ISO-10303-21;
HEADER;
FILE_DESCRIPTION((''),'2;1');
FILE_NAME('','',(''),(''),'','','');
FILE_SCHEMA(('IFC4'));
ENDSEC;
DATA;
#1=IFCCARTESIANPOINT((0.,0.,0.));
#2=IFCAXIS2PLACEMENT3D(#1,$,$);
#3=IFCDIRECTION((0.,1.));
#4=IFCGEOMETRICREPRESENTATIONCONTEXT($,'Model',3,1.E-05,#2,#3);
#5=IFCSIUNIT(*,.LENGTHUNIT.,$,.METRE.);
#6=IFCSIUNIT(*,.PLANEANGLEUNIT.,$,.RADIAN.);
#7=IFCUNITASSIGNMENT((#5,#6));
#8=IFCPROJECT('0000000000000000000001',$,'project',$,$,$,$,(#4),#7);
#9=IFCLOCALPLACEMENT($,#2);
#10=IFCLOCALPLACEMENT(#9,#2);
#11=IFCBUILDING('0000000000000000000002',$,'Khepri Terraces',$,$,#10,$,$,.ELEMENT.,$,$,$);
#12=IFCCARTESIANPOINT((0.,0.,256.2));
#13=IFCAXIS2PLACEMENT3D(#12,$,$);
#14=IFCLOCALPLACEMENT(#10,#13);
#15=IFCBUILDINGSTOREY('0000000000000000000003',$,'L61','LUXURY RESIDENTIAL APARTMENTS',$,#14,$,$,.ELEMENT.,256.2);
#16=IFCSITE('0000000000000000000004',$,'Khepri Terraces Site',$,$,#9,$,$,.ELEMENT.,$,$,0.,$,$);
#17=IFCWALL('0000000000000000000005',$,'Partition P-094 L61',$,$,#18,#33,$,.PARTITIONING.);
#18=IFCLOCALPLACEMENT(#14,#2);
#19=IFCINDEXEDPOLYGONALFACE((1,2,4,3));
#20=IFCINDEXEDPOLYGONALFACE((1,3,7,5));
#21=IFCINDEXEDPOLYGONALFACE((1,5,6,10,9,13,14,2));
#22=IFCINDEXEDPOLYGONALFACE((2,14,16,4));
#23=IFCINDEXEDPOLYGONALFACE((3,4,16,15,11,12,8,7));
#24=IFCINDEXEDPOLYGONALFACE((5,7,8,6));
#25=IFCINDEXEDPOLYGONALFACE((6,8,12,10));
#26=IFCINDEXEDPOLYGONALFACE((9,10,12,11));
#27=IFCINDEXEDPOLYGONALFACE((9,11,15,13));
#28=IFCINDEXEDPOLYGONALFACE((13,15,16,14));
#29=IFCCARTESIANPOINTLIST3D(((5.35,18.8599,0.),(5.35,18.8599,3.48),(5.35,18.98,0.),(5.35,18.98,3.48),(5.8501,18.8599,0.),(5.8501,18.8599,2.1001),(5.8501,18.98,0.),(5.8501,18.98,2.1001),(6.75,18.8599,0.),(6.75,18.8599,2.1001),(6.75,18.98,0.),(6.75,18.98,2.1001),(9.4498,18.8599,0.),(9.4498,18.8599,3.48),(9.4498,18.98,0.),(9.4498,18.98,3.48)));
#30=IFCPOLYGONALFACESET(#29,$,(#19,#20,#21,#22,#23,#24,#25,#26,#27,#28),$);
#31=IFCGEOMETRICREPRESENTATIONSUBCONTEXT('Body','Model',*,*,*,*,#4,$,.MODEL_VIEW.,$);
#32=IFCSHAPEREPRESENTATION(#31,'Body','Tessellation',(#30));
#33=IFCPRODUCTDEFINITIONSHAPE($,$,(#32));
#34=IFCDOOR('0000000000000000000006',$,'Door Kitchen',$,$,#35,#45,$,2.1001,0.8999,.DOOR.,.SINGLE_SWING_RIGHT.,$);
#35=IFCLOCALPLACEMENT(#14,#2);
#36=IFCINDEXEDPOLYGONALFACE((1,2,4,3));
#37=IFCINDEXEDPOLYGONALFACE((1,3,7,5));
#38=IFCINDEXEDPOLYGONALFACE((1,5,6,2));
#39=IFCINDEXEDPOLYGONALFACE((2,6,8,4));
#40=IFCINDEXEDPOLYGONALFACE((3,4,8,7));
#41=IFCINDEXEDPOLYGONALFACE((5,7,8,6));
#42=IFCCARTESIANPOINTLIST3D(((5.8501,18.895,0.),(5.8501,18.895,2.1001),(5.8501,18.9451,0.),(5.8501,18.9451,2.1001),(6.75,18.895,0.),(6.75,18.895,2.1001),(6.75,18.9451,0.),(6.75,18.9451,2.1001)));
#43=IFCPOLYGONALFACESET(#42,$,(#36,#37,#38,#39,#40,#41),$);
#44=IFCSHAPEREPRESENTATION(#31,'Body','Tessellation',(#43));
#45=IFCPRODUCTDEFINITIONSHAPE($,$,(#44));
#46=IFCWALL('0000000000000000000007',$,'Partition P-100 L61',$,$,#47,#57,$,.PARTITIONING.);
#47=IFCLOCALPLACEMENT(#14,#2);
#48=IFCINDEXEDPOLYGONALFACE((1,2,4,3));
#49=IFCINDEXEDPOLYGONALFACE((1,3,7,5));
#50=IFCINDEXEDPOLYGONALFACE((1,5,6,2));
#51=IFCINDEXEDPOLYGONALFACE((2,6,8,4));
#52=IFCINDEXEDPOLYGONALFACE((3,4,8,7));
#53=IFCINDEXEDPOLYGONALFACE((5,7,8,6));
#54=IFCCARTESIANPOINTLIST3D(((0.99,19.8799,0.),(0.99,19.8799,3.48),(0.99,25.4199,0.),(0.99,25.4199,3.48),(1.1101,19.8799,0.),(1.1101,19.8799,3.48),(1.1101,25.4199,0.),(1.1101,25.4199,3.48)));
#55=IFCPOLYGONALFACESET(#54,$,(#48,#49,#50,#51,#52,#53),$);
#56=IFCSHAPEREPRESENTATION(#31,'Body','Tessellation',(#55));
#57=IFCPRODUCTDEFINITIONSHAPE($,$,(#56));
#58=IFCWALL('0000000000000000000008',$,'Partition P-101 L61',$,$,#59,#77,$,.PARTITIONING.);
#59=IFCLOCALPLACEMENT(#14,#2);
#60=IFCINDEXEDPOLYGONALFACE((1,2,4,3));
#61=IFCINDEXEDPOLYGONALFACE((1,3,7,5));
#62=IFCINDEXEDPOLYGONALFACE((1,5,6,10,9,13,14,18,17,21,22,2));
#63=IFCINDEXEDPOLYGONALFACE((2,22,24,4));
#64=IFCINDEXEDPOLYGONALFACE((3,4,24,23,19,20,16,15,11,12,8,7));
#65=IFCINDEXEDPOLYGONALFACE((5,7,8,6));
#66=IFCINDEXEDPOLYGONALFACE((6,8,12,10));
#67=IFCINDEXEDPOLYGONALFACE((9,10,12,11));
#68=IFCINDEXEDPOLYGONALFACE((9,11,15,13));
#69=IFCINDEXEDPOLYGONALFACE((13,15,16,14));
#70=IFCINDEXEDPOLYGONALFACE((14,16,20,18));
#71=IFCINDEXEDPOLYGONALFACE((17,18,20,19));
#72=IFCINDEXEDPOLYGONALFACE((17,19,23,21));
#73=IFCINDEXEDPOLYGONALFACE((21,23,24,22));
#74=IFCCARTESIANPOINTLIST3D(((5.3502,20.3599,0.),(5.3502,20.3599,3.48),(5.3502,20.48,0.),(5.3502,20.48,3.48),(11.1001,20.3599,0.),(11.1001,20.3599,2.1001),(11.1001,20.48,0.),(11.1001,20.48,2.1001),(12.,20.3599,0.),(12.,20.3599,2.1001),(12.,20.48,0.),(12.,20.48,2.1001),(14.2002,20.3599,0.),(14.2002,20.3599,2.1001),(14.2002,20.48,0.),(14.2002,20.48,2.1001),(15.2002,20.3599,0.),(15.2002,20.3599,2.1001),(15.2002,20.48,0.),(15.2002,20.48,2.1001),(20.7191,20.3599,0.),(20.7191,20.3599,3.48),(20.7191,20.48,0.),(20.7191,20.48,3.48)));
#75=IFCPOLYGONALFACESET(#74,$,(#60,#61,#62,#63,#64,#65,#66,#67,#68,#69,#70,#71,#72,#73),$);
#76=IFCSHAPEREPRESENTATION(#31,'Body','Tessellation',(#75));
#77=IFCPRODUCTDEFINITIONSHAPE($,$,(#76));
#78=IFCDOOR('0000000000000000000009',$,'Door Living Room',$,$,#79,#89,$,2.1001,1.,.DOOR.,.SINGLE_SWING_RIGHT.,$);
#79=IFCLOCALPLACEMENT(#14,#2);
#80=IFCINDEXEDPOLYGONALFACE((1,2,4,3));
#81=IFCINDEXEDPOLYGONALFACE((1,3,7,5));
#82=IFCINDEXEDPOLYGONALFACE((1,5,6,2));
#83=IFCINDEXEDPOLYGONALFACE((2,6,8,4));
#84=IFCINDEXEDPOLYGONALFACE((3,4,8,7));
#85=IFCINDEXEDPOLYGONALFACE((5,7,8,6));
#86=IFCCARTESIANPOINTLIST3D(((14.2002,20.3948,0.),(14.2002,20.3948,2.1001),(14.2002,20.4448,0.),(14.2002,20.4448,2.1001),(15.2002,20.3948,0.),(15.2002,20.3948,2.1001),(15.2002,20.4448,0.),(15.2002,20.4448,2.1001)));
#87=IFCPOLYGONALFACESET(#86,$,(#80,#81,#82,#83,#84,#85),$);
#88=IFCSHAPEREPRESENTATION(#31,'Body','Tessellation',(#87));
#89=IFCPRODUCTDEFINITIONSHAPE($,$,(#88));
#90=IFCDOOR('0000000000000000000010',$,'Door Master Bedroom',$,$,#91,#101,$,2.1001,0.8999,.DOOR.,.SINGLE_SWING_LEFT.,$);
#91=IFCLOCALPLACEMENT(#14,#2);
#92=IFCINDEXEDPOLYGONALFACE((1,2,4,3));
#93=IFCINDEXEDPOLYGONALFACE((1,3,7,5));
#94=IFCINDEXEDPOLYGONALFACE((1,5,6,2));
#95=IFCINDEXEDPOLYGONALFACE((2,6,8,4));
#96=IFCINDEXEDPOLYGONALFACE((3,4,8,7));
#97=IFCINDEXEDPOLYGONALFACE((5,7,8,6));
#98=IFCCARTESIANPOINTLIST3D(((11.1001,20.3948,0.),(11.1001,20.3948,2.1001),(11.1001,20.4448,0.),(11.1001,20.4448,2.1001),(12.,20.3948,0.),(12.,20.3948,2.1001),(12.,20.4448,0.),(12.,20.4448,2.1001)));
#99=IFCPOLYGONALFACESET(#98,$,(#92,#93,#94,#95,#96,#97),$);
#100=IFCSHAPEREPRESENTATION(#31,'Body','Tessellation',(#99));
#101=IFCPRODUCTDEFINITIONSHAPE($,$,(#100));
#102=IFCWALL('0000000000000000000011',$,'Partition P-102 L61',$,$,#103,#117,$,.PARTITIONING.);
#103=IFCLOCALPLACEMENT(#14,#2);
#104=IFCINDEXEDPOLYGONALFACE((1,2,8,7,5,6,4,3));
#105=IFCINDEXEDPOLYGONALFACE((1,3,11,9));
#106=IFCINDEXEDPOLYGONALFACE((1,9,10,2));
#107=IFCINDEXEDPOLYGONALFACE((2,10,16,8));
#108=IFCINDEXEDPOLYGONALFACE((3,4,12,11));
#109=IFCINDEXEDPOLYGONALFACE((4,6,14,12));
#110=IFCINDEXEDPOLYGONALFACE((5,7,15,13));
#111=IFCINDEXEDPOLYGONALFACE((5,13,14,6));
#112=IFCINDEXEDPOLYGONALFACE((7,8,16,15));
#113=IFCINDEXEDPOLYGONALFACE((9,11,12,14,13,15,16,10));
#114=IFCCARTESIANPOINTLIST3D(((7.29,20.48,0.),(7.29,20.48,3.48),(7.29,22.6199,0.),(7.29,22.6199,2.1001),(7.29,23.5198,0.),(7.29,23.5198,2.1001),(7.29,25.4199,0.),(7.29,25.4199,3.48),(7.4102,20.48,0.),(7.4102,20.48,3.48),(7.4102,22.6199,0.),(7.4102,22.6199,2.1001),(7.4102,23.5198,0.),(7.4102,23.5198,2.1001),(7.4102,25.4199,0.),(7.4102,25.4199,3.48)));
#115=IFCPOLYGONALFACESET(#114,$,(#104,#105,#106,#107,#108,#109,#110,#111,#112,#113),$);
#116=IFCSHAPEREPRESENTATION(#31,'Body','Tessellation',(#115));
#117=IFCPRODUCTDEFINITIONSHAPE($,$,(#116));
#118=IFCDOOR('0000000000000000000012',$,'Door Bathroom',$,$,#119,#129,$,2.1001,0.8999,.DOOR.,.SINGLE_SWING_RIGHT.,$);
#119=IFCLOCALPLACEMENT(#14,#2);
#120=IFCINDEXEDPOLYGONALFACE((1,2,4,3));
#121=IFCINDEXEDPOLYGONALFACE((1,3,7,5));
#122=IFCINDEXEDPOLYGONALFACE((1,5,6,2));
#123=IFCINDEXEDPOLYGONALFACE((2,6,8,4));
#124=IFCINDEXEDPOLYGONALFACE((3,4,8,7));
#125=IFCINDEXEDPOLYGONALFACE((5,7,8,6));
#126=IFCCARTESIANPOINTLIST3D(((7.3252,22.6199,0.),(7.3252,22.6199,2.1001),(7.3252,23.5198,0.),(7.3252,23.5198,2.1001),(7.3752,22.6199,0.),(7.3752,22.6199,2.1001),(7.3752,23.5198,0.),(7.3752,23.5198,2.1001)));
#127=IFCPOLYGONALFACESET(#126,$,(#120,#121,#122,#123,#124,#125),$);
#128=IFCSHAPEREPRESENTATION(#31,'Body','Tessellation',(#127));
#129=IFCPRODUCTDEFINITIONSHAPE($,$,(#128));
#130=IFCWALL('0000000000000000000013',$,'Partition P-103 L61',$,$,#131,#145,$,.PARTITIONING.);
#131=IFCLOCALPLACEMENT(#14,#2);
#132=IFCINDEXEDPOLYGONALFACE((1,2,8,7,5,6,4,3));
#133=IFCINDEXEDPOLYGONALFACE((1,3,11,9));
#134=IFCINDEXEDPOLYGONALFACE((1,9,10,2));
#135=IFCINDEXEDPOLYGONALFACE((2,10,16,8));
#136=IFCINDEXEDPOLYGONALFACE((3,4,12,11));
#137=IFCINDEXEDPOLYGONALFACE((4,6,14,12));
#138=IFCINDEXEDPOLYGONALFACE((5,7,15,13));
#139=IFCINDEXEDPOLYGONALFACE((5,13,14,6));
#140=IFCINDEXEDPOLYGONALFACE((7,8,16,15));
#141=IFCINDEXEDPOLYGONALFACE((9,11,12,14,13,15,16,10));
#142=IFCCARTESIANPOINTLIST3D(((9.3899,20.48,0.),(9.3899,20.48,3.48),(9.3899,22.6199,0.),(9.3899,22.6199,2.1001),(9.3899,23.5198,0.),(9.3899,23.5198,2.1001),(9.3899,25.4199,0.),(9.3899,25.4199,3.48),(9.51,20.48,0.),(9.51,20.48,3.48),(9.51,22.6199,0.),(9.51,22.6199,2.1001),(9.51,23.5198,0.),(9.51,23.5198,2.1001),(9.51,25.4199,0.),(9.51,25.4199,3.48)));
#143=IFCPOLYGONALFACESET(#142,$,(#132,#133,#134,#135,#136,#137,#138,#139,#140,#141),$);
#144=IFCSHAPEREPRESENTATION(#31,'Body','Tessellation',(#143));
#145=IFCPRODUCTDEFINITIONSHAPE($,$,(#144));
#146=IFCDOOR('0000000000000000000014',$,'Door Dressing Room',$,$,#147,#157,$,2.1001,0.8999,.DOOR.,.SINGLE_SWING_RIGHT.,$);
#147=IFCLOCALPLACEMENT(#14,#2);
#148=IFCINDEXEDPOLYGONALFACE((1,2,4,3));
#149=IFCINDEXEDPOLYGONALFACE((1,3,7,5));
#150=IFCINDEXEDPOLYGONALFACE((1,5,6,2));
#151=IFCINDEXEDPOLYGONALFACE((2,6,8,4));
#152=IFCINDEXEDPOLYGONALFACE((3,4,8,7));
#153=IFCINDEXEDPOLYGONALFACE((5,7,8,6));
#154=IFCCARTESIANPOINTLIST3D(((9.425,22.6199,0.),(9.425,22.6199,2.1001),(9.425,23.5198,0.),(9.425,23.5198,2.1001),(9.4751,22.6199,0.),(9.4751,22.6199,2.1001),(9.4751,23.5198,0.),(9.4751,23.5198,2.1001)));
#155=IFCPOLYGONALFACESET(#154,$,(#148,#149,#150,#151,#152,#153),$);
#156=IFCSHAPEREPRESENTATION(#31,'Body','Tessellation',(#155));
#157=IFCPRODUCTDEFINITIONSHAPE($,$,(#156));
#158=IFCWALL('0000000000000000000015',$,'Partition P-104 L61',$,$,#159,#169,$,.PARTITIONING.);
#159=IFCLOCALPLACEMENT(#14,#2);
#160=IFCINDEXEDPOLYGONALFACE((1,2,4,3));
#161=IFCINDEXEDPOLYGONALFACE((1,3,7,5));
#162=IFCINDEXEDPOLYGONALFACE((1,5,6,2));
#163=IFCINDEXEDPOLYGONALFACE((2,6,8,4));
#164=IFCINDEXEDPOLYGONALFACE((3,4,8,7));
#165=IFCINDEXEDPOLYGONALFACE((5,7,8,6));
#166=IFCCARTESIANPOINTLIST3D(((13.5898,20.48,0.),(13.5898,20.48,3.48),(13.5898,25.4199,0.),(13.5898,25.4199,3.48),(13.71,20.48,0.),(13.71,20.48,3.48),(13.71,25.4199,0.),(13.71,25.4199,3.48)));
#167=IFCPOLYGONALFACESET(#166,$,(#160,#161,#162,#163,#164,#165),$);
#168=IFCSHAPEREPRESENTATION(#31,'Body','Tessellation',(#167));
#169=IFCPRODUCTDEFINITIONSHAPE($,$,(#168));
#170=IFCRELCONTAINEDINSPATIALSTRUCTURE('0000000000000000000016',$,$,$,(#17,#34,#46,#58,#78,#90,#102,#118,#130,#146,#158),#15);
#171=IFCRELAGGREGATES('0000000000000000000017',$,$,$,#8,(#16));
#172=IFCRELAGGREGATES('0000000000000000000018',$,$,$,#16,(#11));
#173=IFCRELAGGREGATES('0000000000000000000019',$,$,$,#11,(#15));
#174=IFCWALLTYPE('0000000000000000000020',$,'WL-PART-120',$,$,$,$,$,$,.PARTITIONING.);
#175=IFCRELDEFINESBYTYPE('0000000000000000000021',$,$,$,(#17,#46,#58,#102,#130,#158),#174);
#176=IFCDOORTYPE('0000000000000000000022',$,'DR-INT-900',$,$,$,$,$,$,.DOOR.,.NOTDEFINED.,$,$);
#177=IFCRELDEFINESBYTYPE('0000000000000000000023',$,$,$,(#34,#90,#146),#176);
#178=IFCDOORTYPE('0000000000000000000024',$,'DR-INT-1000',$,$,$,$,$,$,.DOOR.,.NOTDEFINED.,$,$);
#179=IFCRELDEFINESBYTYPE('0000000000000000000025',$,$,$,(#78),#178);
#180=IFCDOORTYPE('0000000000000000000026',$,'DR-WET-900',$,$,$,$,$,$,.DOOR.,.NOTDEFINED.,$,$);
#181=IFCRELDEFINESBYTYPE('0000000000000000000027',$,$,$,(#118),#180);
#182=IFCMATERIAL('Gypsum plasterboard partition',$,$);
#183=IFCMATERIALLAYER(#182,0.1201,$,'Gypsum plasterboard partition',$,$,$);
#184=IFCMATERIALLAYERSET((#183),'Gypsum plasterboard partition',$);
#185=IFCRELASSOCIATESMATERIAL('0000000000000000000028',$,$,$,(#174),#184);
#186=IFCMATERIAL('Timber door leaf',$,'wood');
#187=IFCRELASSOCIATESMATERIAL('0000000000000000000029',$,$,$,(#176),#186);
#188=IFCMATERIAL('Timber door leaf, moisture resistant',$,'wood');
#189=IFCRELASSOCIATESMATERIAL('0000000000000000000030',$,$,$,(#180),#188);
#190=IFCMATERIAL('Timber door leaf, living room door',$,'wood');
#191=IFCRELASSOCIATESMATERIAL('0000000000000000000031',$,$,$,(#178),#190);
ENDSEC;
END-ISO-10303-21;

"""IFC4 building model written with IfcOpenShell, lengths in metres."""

from ifc_helpers import new_model, si_unit, direction, frame, frame_2d, origin, place, context, subcontext, project, spatial, rectangle, extrude, material, layer, layer_set, type_object, element, fill, save


model = new_model("IFC4")

# Units and contexts
model_context = context("Model", 3, precision=1e-05, world=origin(), true_north=direction((0.0, 1.0)))
body_context = subcontext(model_context, "Body", "Model", "MODEL_VIEW")
ifc_project = project(units=[si_unit("LENGTHUNIT", "METRE"), si_unit("PLANEANGLEUNIT", "RADIAN")], contexts=[model_context])

# Site, building, storey
site_placement = place(None, origin())
site = spatial("IfcSite", under=ifc_project, at=site_placement, Name="Khepri Terraces Site", CompositionType="ELEMENT", RefElevation=0.0)
building_placement = place(site_placement, origin())
building = spatial("IfcBuilding", under=site, at=building_placement, Name="Khepri Terraces", CompositionType="ELEMENT")
storey_placement = place(building_placement, frame((0.0, 0.0, 256.2)))
storey = spatial("IfcBuildingStorey", under=building, at=storey_placement, Name="L61", Description="LUXURY RESIDENTIAL APARTMENTS", CompositionType="ELEMENT", Elevation=256.2)

# Shared definitions
ifc_material_1 = material(Name="Gypsum plasterboard partition")
ifc_layer_1 = layer(ifc_material_1, 0.1201, Name="Gypsum plasterboard partition")
ifc_layer_set_1 = layer_set([ifc_layer_1], Name="Gypsum plasterboard partition")
wall_type_1 = type_object("IfcWallType", Name="WL-PART-120", PredefinedType="PARTITIONING", material=ifc_layer_set_1)

# Shared definitions
ifc_material_2 = material(Name="Timber door leaf", Category="wood")
door_type_1 = type_object("IfcDoorType", Name="DR-INT-900", OperationType="NOTDEFINED", PredefinedType="DOOR", material=ifc_material_2)

# Shared definitions
ifc_material_3 = material(Name="Timber door leaf, moisture resistant", Category="wood")
door_type_2 = type_object("IfcDoorType", Name="DR-WET-900", OperationType="NOTDEFINED", PredefinedType="DOOR", material=ifc_material_3)

# Wall, opening, door
wall_1_placement = place(storey_placement, frame((5.3501, 18.9199, 0.0), z_axis=(0.0, 0.0, 1.0), x_axis=(1.0, 0.0, 0.0)))
wall_1 = element("IfcWall", 1, at=wall_1_placement, inside=storey, type_object=wall_type_1, Name="Partition P-094 L61", PredefinedType="PARTITIONING", context=body_context, shape_type="SweptSolid", body=[
    extrude(rectangle(XDim=4.0999, YDim=0.1201, at=frame_2d((2.0498, 0.0))), origin(), (0.0, 0.0, 1.0), 3.48),
])
opening_1_placement = place(wall_1_placement, frame((0.5, 0.0, 0.0)))
opening_1 = element("IfcOpeningElement", 2, at=opening_1_placement, cuts=wall_1, PredefinedType="OPENING", context=body_context, shape_type="SweptSolid", body=[
    extrude(rectangle(XDim=0.8999, YDim=2.1001, at=frame_2d((0.45, 1.05))), frame((0.0, 0.0701, 0.0), z_axis=(0.0, -1.0, 0.0), x_axis=(1.0, 0.0, 0.0)), (0.0, 0.0, 1.0), 0.1401),
])
door_1_placement = place(opening_1_placement, frame((0.8999, 0.0, 0.0), z_axis=(0.0, 0.0, 1.0), x_axis=(-1.0, 0.0, 0.0)))
door_1 = element("IfcDoor", 3, at=door_1_placement, inside=storey, type_object=door_type_1, Name="Door Kitchen", OperationType="SINGLE_SWING_RIGHT", OverallHeight=2.1001, OverallWidth=0.8999, PredefinedType="DOOR", context=body_context, shape_type="SweptSolid", body=[
    extrude(rectangle(XDim=0.8999, YDim=2.1001, at=frame_2d((0.45, 1.05))), frame((0.0, 0.0249, 0.0), z_axis=(0.0, -1.0, 0.0), x_axis=(1.0, 0.0, 0.0)), (0.0, 0.0, 1.0), 0.05),
])
fill(opening_1, door_1)

# Wall
wall_2_placement = place(storey_placement, frame((1.05, 19.8799, 0.0), z_axis=(0.0, 0.0, 1.0), x_axis=(0.0, 1.0, 0.0)))
element("IfcWall", 4, at=wall_2_placement, inside=storey, type_object=wall_type_1, Name="Partition P-100 L61", PredefinedType="PARTITIONING", context=body_context, shape_type="SweptSolid", body=[
    extrude(rectangle(XDim=5.54, YDim=0.1201, at=frame_2d((2.77, 0.0))), origin(), (0.0, 0.0, 1.0), 3.48),
])

# Wall, openings, doors
wall_3_placement = place(storey_placement, frame((5.3501, 20.4199, 0.0), z_axis=(0.0, 0.0, 1.0), x_axis=(1.0, 0.0, 0.0)))
wall_3 = element("IfcWall", 5, at=wall_3_placement, inside=storey, type_object=wall_type_1, Name="Partition P-101 L61", PredefinedType="PARTITIONING", context=body_context, shape_type="SweptSolid", body=[
    extrude(rectangle(XDim=15.3689, YDim=0.1201, at=frame_2d((7.6846, 0.0))), origin(), (0.0, 0.0, 1.0), 3.48),
])
opening_2_placement = place(wall_3_placement, frame((8.8501, 0.0, 0.0)))
opening_2 = element("IfcOpeningElement", 6, at=opening_2_placement, cuts=wall_3, PredefinedType="OPENING", context=body_context, shape_type="SweptSolid", body=[
    extrude(rectangle(XDim=1.0, YDim=2.1001, at=frame_2d((0.5, 1.05))), frame((0.0, 0.0701, 0.0), z_axis=(0.0, -1.0, 0.0), x_axis=(1.0, 0.0, 0.0)), (0.0, 0.0, 1.0), 0.1401),
])
opening_3_placement = place(wall_3_placement, frame((5.75, 0.0, 0.0)))
opening_3 = element("IfcOpeningElement", 7, at=opening_3_placement, cuts=wall_3, PredefinedType="OPENING", context=body_context, shape_type="SweptSolid", body=[
    extrude(rectangle(XDim=0.8999, YDim=2.1001, at=frame_2d((0.45, 1.05))), frame((0.0, 0.0701, 0.0), z_axis=(0.0, -1.0, 0.0), x_axis=(1.0, 0.0, 0.0)), (0.0, 0.0, 1.0), 0.1401),
])
ifc_material_4 = material(Name="Timber door leaf, living room door", Category="wood")
door_type_3 = type_object("IfcDoorType", Name="DR-INT-1000", OperationType="NOTDEFINED", PredefinedType="DOOR", material=ifc_material_4)
door_2_placement = place(opening_2_placement, origin())
door_2 = element("IfcDoor", 8, at=door_2_placement, inside=storey, type_object=door_type_3, Name="Door Living Room", OperationType="SINGLE_SWING_RIGHT", OverallHeight=2.1001, OverallWidth=1.0, PredefinedType="DOOR", context=body_context, shape_type="SweptSolid", body=[
    extrude(rectangle(XDim=1.0, YDim=2.1001, at=frame_2d((0.5, 1.05))), frame((0.0, 0.0249, 0.0), z_axis=(0.0, -1.0, 0.0), x_axis=(1.0, 0.0, 0.0)), (0.0, 0.0, 1.0), 0.05),
])
fill(opening_2, door_2)
door_3_placement = place(opening_3_placement, origin())
door_3 = element("IfcDoor", 9, at=door_3_placement, inside=storey, type_object=door_type_1, Name="Door Master Bedroom", OperationType="SINGLE_SWING_LEFT", OverallHeight=2.1001, OverallWidth=0.8999, PredefinedType="DOOR", context=body_context, shape_type="SweptSolid", body=[
    extrude(rectangle(XDim=0.8999, YDim=2.1001, at=frame_2d((0.45, 1.05))), frame((0.0, 0.0249, 0.0), z_axis=(0.0, -1.0, 0.0), x_axis=(1.0, 0.0, 0.0)), (0.0, 0.0, 1.0), 0.05),
])
fill(opening_3, door_3)

# Walls, openings, doors
wall_4_placement = place(storey_placement, frame((7.3501, 20.48, 0.0), z_axis=(0.0, 0.0, 1.0), x_axis=(0.0, 1.0, 0.0)))
wall_4 = element("IfcWall", 10, at=wall_4_placement, inside=storey, type_object=wall_type_1, Name="Partition P-102 L61", PredefinedType="PARTITIONING", context=body_context, shape_type="SweptSolid", body=[
    extrude(rectangle(XDim=4.9399, YDim=0.1201, at=frame_2d((2.47, 0.0))), origin(), (0.0, 0.0, 1.0), 3.48),
])
opening_4_placement = place(wall_4_placement, frame((2.1399, 0.0, 0.0)))
opening_4 = element("IfcOpeningElement", 11, at=opening_4_placement, cuts=wall_4, PredefinedType="OPENING", context=body_context, shape_type="SweptSolid", body=[
    extrude(rectangle(XDim=0.8999, YDim=2.1001, at=frame_2d((0.45, 1.05))), frame((0.0, 0.0701, 0.0), z_axis=(0.0, -1.0, 0.0), x_axis=(1.0, 0.0, 0.0)), (0.0, 0.0, 1.0), 0.1401),
])
door_4_placement = place(opening_4_placement, origin())
door_4 = element("IfcDoor", 12, at=door_4_placement, inside=storey, type_object=door_type_2, Name="Door Bathroom", OperationType="SINGLE_SWING_RIGHT", OverallHeight=2.1001, OverallWidth=0.8999, PredefinedType="DOOR", context=body_context, shape_type="SweptSolid", body=[
    extrude(rectangle(XDim=0.8999, YDim=2.1001, at=frame_2d((0.45, 1.05))), frame((0.0, 0.0249, 0.0), z_axis=(0.0, -1.0, 0.0), x_axis=(1.0, 0.0, 0.0)), (0.0, 0.0, 1.0), 0.05),
])
fill(opening_4, door_4)
wall_5_placement = place(storey_placement, frame((9.45, 20.48, 0.0), z_axis=(0.0, 0.0, 1.0), x_axis=(0.0, 1.0, 0.0)))
wall_5 = element("IfcWall", 13, at=wall_5_placement, inside=storey, type_object=wall_type_1, Name="Partition P-103 L61", PredefinedType="PARTITIONING", context=body_context, shape_type="SweptSolid", body=[
    extrude(rectangle(XDim=4.9399, YDim=0.1201, at=frame_2d((2.47, 0.0))), origin(), (0.0, 0.0, 1.0), 3.48),
])
opening_5_placement = place(wall_5_placement, frame((2.1399, 0.0, 0.0)))
opening_5 = element("IfcOpeningElement", 14, at=opening_5_placement, cuts=wall_5, PredefinedType="OPENING", context=body_context, shape_type="SweptSolid", body=[
    extrude(rectangle(XDim=0.8999, YDim=2.1001, at=frame_2d((0.45, 1.05))), frame((0.0, 0.0701, 0.0), z_axis=(0.0, -1.0, 0.0), x_axis=(1.0, 0.0, 0.0)), (0.0, 0.0, 1.0), 0.1401),
])
door_5_placement = place(opening_5_placement, origin())
door_5 = element("IfcDoor", 15, at=door_5_placement, inside=storey, type_object=door_type_1, Name="Door Dressing Room", OperationType="SINGLE_SWING_RIGHT", OverallHeight=2.1001, OverallWidth=0.8999, PredefinedType="DOOR", context=body_context, shape_type="SweptSolid", body=[
    extrude(rectangle(XDim=0.8999, YDim=2.1001, at=frame_2d((0.45, 1.05))), frame((0.0, 0.0249, 0.0), z_axis=(0.0, -1.0, 0.0), x_axis=(1.0, 0.0, 0.0)), (0.0, 0.0, 1.0), 0.05),
])
fill(opening_5, door_5)

# Wall
wall_6_placement = place(storey_placement, frame((13.6499, 20.48, 0.0), z_axis=(0.0, 0.0, 1.0), x_axis=(0.0, 1.0, 0.0)))
element("IfcWall", 16, at=wall_6_placement, inside=storey, type_object=wall_type_1, Name="Partition P-104 L61", PredefinedType="PARTITIONING", context=body_context, shape_type="SweptSolid", body=[
    extrude(rectangle(XDim=4.9399, YDim=0.1201, at=frame_2d((2.47, 0.0))), origin(), (0.0, 0.0, 1.0), 3.48),
])

save(model, "model.ifc")
